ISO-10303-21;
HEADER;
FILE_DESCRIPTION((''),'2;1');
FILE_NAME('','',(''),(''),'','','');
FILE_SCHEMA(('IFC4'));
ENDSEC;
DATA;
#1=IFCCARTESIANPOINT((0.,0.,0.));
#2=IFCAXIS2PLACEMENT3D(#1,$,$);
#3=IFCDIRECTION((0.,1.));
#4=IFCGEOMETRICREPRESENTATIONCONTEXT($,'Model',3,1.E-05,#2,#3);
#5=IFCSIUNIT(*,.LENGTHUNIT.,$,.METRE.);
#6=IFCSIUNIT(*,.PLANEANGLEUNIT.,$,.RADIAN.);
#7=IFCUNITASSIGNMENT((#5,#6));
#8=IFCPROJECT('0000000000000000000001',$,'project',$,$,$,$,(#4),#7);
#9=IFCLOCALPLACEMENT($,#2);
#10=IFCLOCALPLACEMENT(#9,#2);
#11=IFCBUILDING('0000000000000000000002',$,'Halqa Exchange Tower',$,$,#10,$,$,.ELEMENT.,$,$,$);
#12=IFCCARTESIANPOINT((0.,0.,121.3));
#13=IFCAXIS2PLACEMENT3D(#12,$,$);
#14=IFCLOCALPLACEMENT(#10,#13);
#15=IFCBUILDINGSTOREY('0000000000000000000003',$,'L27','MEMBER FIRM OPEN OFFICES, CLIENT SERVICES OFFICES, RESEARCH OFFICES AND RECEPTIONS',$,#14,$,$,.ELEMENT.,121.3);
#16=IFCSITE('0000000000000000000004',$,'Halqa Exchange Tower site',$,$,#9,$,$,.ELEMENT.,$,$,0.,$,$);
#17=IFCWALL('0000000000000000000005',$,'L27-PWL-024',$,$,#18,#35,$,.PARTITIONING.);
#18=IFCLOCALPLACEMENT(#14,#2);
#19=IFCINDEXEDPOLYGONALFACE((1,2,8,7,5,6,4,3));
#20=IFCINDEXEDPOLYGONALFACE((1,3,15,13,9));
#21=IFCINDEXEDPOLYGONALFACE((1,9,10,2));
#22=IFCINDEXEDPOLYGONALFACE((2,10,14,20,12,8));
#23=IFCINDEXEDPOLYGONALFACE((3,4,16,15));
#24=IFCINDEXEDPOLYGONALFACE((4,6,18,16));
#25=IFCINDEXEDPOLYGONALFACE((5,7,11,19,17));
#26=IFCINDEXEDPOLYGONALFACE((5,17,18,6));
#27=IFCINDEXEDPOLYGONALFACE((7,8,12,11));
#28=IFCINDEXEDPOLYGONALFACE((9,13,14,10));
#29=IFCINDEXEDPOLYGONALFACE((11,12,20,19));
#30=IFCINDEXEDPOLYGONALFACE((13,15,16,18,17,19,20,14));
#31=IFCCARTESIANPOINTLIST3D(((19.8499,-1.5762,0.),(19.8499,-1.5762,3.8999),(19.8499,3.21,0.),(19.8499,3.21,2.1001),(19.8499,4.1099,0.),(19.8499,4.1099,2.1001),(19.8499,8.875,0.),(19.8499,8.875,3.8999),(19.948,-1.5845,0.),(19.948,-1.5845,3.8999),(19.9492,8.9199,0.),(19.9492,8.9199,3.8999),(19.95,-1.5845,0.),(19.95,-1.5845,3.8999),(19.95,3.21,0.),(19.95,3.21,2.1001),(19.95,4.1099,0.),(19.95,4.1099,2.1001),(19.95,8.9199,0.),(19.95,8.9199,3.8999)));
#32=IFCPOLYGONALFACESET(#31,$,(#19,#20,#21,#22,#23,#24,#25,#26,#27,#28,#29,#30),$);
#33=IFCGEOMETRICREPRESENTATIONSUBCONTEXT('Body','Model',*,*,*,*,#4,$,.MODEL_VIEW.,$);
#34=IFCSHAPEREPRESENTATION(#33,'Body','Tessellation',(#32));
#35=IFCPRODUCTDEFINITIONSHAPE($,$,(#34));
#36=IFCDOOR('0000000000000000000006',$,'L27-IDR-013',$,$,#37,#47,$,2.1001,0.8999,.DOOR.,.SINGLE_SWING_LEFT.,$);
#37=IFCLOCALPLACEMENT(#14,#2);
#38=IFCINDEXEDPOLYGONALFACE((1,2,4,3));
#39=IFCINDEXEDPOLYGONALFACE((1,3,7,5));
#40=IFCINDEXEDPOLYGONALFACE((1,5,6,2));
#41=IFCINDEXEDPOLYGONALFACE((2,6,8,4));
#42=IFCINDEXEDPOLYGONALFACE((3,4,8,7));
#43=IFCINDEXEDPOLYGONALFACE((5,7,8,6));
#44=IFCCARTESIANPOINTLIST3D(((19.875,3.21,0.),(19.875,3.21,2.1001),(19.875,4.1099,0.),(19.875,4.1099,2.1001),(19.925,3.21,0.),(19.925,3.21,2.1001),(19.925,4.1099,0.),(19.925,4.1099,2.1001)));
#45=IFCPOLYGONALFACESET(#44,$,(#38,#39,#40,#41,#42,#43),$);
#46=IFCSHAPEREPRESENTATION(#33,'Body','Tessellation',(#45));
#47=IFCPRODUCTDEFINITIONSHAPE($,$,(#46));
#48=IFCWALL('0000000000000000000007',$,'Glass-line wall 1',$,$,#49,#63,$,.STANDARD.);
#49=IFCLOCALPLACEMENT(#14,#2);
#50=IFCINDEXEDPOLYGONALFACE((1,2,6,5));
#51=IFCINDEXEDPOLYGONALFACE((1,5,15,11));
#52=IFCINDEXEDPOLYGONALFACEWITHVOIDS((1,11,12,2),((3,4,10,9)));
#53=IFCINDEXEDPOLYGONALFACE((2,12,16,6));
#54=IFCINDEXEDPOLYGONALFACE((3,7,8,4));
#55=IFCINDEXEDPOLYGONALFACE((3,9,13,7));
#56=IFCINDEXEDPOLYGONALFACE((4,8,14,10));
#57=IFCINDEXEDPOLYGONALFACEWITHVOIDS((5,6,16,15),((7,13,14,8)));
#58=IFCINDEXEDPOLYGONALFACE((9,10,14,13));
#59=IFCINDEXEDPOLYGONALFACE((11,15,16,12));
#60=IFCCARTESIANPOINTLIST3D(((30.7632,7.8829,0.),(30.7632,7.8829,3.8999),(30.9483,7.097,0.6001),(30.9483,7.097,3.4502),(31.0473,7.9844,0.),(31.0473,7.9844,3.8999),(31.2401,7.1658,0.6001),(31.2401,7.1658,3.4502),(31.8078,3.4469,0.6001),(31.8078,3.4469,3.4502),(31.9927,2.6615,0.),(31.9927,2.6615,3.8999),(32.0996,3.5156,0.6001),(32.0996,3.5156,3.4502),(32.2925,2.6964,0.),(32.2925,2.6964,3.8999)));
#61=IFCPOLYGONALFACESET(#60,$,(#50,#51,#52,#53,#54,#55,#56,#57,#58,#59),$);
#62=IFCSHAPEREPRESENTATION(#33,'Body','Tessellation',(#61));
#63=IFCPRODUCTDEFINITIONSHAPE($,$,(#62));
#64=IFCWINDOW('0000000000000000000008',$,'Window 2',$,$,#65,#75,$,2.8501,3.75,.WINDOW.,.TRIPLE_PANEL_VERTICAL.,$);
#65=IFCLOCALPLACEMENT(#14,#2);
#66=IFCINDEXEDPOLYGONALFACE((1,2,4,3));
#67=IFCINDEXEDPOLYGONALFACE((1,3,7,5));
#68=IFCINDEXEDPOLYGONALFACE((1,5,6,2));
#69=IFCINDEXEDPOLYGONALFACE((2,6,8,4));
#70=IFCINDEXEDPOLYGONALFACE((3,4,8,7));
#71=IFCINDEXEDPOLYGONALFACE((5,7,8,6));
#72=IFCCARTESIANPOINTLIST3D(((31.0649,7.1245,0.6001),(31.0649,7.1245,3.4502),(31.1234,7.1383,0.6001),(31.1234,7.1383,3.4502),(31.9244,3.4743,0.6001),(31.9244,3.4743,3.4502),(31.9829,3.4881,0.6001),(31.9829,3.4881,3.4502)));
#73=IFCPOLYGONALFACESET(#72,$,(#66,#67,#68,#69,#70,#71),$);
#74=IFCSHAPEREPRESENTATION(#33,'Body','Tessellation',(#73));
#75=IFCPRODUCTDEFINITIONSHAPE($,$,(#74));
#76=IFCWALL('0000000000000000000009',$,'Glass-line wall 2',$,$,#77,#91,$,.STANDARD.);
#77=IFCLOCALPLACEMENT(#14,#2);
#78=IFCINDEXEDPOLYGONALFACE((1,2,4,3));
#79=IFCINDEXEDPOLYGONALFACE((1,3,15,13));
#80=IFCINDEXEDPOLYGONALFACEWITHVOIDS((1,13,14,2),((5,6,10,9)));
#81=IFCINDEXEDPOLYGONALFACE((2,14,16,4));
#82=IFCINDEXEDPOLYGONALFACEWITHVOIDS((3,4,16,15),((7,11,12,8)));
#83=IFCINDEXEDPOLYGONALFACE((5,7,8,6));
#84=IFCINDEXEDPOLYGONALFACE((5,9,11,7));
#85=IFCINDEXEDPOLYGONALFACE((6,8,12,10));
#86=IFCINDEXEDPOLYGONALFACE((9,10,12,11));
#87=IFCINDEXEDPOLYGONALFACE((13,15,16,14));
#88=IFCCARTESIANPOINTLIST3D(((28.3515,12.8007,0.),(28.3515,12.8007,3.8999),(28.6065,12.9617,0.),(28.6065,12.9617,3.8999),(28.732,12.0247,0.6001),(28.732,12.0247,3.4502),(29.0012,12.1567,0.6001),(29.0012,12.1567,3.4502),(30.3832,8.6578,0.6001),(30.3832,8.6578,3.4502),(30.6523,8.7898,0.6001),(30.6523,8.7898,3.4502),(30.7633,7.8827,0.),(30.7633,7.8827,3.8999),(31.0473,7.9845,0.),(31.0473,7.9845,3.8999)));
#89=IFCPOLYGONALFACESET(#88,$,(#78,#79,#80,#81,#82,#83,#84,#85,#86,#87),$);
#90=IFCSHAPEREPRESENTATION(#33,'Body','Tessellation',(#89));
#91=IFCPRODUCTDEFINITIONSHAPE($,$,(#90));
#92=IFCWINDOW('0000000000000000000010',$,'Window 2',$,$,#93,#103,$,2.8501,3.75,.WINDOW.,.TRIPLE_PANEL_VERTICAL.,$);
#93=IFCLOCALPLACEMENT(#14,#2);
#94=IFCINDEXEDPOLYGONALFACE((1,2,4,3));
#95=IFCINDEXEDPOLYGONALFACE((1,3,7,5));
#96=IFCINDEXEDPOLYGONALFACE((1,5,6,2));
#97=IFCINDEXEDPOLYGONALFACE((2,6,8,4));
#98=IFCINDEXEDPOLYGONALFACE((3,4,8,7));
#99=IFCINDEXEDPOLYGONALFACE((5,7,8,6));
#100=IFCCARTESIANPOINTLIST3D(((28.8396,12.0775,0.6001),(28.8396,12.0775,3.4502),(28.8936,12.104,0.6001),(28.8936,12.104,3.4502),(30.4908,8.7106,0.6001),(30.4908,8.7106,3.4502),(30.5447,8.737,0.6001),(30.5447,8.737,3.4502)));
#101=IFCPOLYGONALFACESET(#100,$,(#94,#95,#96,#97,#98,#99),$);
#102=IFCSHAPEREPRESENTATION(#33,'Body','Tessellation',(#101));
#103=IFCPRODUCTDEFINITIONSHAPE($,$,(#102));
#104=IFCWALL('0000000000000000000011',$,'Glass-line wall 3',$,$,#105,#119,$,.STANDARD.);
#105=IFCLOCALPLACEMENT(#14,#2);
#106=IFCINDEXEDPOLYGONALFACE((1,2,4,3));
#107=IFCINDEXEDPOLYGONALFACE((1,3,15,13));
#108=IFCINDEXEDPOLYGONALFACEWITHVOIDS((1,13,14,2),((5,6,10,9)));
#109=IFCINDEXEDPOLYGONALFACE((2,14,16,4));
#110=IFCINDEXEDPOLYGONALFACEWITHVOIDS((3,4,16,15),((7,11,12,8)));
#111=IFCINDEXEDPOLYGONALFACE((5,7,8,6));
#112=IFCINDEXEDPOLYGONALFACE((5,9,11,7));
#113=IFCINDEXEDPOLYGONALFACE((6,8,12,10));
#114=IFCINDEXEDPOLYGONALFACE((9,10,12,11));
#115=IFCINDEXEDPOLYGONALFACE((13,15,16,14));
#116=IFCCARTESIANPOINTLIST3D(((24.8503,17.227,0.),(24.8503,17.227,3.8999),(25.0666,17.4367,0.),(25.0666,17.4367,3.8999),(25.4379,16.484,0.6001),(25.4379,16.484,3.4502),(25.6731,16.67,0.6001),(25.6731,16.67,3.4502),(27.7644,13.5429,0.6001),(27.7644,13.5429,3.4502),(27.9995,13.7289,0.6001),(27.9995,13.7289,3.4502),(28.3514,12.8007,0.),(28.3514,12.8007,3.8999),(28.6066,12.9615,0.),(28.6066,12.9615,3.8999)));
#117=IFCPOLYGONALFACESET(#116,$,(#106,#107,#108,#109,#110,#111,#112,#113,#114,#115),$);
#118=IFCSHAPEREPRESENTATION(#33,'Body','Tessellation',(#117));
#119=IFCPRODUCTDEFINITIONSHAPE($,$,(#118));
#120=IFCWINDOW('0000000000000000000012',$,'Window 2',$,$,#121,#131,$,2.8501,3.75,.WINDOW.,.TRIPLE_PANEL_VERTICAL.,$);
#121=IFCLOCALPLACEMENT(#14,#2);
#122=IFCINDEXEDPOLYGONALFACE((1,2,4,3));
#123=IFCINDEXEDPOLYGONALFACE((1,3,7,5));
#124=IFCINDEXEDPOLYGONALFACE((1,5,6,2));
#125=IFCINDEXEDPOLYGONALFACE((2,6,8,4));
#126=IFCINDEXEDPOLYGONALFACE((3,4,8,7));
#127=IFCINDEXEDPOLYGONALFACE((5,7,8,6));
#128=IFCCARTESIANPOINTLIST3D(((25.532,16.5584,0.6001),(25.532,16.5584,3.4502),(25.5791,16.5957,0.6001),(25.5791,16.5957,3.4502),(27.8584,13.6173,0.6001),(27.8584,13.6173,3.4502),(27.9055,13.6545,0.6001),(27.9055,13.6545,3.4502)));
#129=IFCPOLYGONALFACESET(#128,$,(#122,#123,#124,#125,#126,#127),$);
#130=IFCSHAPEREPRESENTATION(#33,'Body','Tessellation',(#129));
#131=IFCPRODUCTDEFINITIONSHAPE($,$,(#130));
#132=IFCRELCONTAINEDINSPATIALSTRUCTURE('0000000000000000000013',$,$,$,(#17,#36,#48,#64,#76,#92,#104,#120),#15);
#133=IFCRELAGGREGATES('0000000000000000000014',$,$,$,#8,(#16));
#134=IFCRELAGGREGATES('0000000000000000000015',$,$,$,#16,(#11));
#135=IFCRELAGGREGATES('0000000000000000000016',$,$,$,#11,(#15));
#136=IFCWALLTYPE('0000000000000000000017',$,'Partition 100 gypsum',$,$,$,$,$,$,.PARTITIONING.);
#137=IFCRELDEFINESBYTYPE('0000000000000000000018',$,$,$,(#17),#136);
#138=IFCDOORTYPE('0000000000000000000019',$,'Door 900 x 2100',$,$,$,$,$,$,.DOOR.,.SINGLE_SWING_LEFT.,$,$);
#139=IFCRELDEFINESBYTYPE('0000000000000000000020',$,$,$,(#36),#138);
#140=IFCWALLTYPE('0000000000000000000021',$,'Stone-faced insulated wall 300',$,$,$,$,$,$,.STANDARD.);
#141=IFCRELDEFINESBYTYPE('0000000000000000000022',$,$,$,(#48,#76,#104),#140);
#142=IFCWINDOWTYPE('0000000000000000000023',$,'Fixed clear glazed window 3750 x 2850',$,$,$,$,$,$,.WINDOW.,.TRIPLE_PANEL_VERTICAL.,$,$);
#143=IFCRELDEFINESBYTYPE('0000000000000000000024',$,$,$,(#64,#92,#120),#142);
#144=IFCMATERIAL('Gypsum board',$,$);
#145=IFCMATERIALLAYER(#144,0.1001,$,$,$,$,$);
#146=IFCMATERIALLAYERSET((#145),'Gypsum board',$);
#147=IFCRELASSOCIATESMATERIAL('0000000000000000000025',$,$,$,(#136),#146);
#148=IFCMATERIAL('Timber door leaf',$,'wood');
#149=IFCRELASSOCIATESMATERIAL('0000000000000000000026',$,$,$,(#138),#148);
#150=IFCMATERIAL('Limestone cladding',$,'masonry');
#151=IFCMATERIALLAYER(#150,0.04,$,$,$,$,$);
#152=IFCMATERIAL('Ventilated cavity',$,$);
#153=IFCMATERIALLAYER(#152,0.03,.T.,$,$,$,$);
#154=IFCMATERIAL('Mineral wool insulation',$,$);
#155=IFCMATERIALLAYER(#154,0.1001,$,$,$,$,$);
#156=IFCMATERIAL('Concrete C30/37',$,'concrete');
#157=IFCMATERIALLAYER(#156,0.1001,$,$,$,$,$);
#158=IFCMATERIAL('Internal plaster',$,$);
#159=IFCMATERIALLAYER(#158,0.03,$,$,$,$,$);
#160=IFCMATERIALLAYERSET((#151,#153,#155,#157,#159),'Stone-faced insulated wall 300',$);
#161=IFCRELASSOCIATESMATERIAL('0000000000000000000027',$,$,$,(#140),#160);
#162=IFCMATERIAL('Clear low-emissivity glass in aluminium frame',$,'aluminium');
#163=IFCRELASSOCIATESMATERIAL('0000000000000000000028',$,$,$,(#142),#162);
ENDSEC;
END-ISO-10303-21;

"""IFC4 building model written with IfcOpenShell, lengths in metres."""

from ifc_helpers import new_model, si_unit, direction, frame, frame_2d, origin, place, context, subcontext, project, spatial, polyline, rectangle, outline, extrude, material, layer, layer_set, type_object, element, fill, save


model = new_model("IFC4")

# Units and contexts
model_context = context("Model", 3, precision=1e-05, world=origin(), true_north=direction((0.0, 1.0)))
body_context = subcontext(model_context, "Body", "Model", "MODEL_VIEW")
ifc_project = project(units=[si_unit("LENGTHUNIT", "METRE"), si_unit("PLANEANGLEUNIT", "RADIAN")], contexts=[model_context])

# Site, building, storey
site_placement = place(None, origin())
site = spatial("IfcSite", under=ifc_project, at=site_placement, Name="Halqa Exchange Tower site", CompositionType="ELEMENT", RefElevation=0.0)
building_placement = place(site_placement, origin())
building = spatial("IfcBuilding", under=site, at=building_placement, Name="Halqa Exchange Tower", CompositionType="ELEMENT")
storey_placement = place(building_placement, frame((0.0, 0.0, 121.3)))
storey = spatial("IfcBuildingStorey", under=building, at=storey_placement, Name="L27", Description="MEMBER FIRM OPEN OFFICES, CLIENT SERVICES OFFICES, RESEARCH OFFICES AND RECEPTIONS", CompositionType="ELEMENT", Elevation=121.3)

# Wall, opening, door
ifc_material_1 = material(Name="Gypsum board")
ifc_layer_1 = layer(ifc_material_1, 0.1001)
ifc_layer_set_1 = layer_set([ifc_layer_1], Name="Gypsum board")
wall_type_1 = type_object("IfcWallType", Name="Partition 100 gypsum", PredefinedType="PARTITIONING", material=ifc_layer_set_1)
wall_1_placement = place(storey_placement, frame((19.8999, 8.9199, 0.0), z_axis=(0.0, 0.0, 1.0), x_axis=(0.0, -1.0, 0.0)))
wall_1 = element("IfcWall", 1, at=wall_1_placement, inside=storey, type_object=wall_type_1, Name="L27-PWL-024", PredefinedType="PARTITIONING", context=body_context, shape_type="SweptSolid", body=[
    extrude(outline(polyline([(0.0449, -0.05), (1.7866, -0.05), (3.5286, -0.05), (5.2705, -0.05), (7.0125, -0.05), (8.7544, -0.05), (10.4961, -0.05), (10.5044, 0.0481), (10.5044, 0.05), (8.7537, 0.05), (7.0029, 0.05), (5.2522, 0.05), (3.5015, 0.05), (1.7507, 0.05), (0.0, 0.05), (0.0, 0.0493), (0.0449, -0.05)])), origin(), (0.0, 0.0, 1.0), 3.8999),
])
opening_1_placement = place(wall_1_placement, frame((4.8101, 0.0, 0.0)))
opening_1 = element("IfcOpeningElement", 2, at=opening_1_placement, cuts=wall_1, PredefinedType="OPENING", context=body_context, shape_type="SweptSolid", body=[
    extrude(rectangle(XDim=0.8999, YDim=2.1001, at=frame_2d((0.45, 1.05))), frame((0.0, 0.062, 0.0), z_axis=(0.0, -1.0, 0.0), x_axis=(1.0, 0.0, 0.0)), (0.0, 0.0, 1.0), 0.124),
])
ifc_material_2 = material(Name="Timber door leaf", Category="wood")
door_type = type_object("IfcDoorType", Name="Door 900 x 2100", OperationType="SINGLE_SWING_LEFT", PredefinedType="DOOR", material=ifc_material_2)
door_placement = place(opening_1_placement, frame((0.8999, 0.0, 0.0), z_axis=(0.0, 0.0, 1.0), x_axis=(-1.0, 0.0, 0.0)))
door = element("IfcDoor", 3, at=door_placement, inside=storey, type_object=door_type, Name="L27-IDR-013", OperationType="SINGLE_SWING_LEFT", OverallHeight=2.1001, OverallWidth=0.8999, PredefinedType="DOOR", context=body_context, shape_type="SweptSolid", body=[
    extrude(rectangle(XDim=0.8999, YDim=2.1001, at=frame_2d((0.45, 1.05))), frame((0.0, 0.0249, 0.0), z_axis=(0.0, -1.0, 0.0), x_axis=(1.0, 0.0, 0.0)), (0.0, 0.0, 1.0), 0.05),
])
fill(opening_1, door)

# Walls, openings, windows
ifc_material_3 = material(Name="Limestone cladding", Category="masonry")
ifc_layer_2 = layer(ifc_material_3, 0.04)
ifc_material_4 = material(Name="Ventilated cavity")
ifc_layer_3 = layer(ifc_material_4, 0.03, ventilated=True)
ifc_material_5 = material(Name="Mineral wool insulation")
ifc_layer_4 = layer(ifc_material_5, 0.1001)
ifc_material_6 = material(Name="Concrete C30/37", Category="concrete")
ifc_layer_5 = layer(ifc_material_6, 0.1001)
ifc_material_7 = material(Name="Internal plaster")
ifc_layer_6 = layer(ifc_material_7, 0.03)
ifc_layer_set_2 = layer_set([ifc_layer_2, ifc_layer_3, ifc_layer_4, ifc_layer_5, ifc_layer_6], Name="Stone-faced insulated wall 300")
wall_type_2 = type_object("IfcWallType", Name="Stone-faced insulated wall 300", PredefinedType="STANDARD", material=ifc_layer_set_2)
wall_2_placement = place(storey_placement, frame((32.1426, 2.679, 0.0), z_axis=(0.0, 0.0, 1.0), x_axis=(-0.229201, 0.973379, 0.0)))
wall_2 = element("IfcWall", 4, at=wall_2_placement, inside=storey, type_object=wall_type_2, Name="Glass-line wall 1", PredefinedType="STANDARD", context=body_context, shape_type="SweptSolid", body=[
    extrude(outline(polyline([(-0.0173, -0.1499), (5.4153, -0.1499), (5.3816, 0.1499), (0.0173, 0.1499), (-0.0173, -0.1499)])), origin(), (0.0, 0.0, 1.0), 3.8999),
])
opening_2_placement = place(wall_2_placement, frame((0.8242, 0.0, 0.6001)))
opening_2 = element("IfcOpeningElement", 5, at=opening_2_placement, cuts=wall_2, PredefinedType="OPENING", context=body_context, shape_type="SweptSolid", body=[
    extrude(rectangle(XDim=3.75, YDim=2.8501, at=frame_2d((1.875, 1.425))), frame((0.0, 0.1621, 0.0), z_axis=(0.0, -1.0, 0.0), x_axis=(1.0, 0.0, 0.0)), (0.0, 0.0, 1.0), 0.324),
])
ifc_material_8 = material(Name="Clear low-emissivity glass in aluminium frame", Category="aluminium")
window_type = type_object("IfcWindowType", Name="Fixed clear glazed window 3750 x 2850", PartitioningType="TRIPLE_PANEL_VERTICAL", PredefinedType="WINDOW", material=ifc_material_8)
window_1_placement = place(opening_2_placement, origin())
window_1 = element("IfcWindow", 6, at=window_1_placement, inside=storey, type_object=window_type, Name="Window 2", OverallHeight=2.8501, OverallWidth=3.75, PartitioningType="TRIPLE_PANEL_VERTICAL", PredefinedType="WINDOW", context=body_context, shape_type="SweptSolid", body=[
    extrude(rectangle(XDim=3.75, YDim=2.8501, at=frame_2d((1.875, 1.425))), frame((0.0, 0.03, 0.0), z_axis=(0.0, -1.0, 0.0), x_axis=(1.0, 0.0, 0.0)), (0.0, 0.0, 1.0), 0.0601),
])
fill(opening_2, window_1)
wall_3_placement = place(storey_placement, frame((30.9053, 7.9336, 0.0), z_axis=(0.0, 0.0, 1.0), x_axis=(-0.440306, 0.897848, 0.0)))
wall_3 = element("IfcWall", 7, at=wall_3_placement, inside=storey, type_object=wall_type_2, Name="Glass-line wall 2", PredefinedType="STANDARD", context=body_context, shape_type="SweptSolid", body=[
    extrude(outline(polyline([(-0.0168, -0.1499), (5.5266, -0.1499), (5.4944, 0.1499), (0.0168, 0.1499), (-0.0168, -0.1499)])), origin(), (0.0, 0.0, 1.0), 3.8999),
])
opening_3_placement = place(wall_3_placement, frame((0.8801, 0.0, 0.6001)))
opening_3 = element("IfcOpeningElement", 8, at=opening_3_placement, cuts=wall_3, PredefinedType="OPENING", context=body_context, shape_type="SweptSolid", body=[
    extrude(rectangle(XDim=3.75, YDim=2.8501, at=frame_2d((1.875, 1.425))), frame((0.0, 0.1621, 0.0), z_axis=(0.0, -1.0, 0.0), x_axis=(1.0, 0.0, 0.0)), (0.0, 0.0, 1.0), 0.324),
])
window_2_placement = place(opening_3_placement, origin())
window_2 = element("IfcWindow", 9, at=window_2_placement, inside=storey, type_object=window_type, Name="Window 2", OverallHeight=2.8501, OverallWidth=3.75, PartitioningType="TRIPLE_PANEL_VERTICAL", PredefinedType="WINDOW", context=body_context, shape_type="SweptSolid", body=[
    extrude(rectangle(XDim=3.75, YDim=2.8501, at=frame_2d((1.875, 1.425))), frame((0.0, 0.03, 0.0), z_axis=(0.0, -1.0, 0.0), x_axis=(1.0, 0.0, 0.0)), (0.0, 0.0, 1.0), 0.0601),
])
fill(opening_3, window_2)
wall_4_placement = place(storey_placement, frame((28.479, 12.8811, 0.0), z_axis=(0.0, 0.0, 1.0), x_axis=(-0.620383, 0.784299, 0.0)))
wall_4 = element("IfcWall", 10, at=wall_4_placement, inside=storey, type_object=wall_type_2, Name="Glass-line wall 3", PredefinedType="STANDARD", context=body_context, shape_type="SweptSolid", body=[
    extrude(outline(polyline([(-0.0161, -0.1499), (5.6899, -0.1499), (5.6597, 0.1499), (0.0161, 0.1499), (-0.0161, -0.1499)])), origin(), (0.0, 0.0, 1.0), 3.8999),
])
opening_4_placement = place(wall_4_placement, frame((0.9624, 0.0, 0.6001)))
opening_4 = element("IfcOpeningElement", 11, at=opening_4_placement, cuts=wall_4, PredefinedType="OPENING", context=body_context, shape_type="SweptSolid", body=[
    extrude(rectangle(XDim=3.75, YDim=2.8501, at=frame_2d((1.875, 1.425))), frame((0.0, 0.1621, 0.0), z_axis=(0.0, -1.0, 0.0), x_axis=(1.0, 0.0, 0.0)), (0.0, 0.0, 1.0), 0.324),
])
window_3_placement = place(opening_4_placement, origin())
window_3 = element("IfcWindow", 12, at=window_3_placement, inside=storey, type_object=window_type, Name="Window 2", OverallHeight=2.8501, OverallWidth=3.75, PartitioningType="TRIPLE_PANEL_VERTICAL", PredefinedType="WINDOW", context=body_context, shape_type="SweptSolid", body=[
    extrude(rectangle(XDim=3.75, YDim=2.8501, at=frame_2d((1.875, 1.425))), frame((0.0, 0.03, 0.0), z_axis=(0.0, -1.0, 0.0), x_axis=(1.0, 0.0, 0.0)), (0.0, 0.0, 1.0), 0.0601),
])
fill(opening_4, window_3)

save(model, "model.ifc")
